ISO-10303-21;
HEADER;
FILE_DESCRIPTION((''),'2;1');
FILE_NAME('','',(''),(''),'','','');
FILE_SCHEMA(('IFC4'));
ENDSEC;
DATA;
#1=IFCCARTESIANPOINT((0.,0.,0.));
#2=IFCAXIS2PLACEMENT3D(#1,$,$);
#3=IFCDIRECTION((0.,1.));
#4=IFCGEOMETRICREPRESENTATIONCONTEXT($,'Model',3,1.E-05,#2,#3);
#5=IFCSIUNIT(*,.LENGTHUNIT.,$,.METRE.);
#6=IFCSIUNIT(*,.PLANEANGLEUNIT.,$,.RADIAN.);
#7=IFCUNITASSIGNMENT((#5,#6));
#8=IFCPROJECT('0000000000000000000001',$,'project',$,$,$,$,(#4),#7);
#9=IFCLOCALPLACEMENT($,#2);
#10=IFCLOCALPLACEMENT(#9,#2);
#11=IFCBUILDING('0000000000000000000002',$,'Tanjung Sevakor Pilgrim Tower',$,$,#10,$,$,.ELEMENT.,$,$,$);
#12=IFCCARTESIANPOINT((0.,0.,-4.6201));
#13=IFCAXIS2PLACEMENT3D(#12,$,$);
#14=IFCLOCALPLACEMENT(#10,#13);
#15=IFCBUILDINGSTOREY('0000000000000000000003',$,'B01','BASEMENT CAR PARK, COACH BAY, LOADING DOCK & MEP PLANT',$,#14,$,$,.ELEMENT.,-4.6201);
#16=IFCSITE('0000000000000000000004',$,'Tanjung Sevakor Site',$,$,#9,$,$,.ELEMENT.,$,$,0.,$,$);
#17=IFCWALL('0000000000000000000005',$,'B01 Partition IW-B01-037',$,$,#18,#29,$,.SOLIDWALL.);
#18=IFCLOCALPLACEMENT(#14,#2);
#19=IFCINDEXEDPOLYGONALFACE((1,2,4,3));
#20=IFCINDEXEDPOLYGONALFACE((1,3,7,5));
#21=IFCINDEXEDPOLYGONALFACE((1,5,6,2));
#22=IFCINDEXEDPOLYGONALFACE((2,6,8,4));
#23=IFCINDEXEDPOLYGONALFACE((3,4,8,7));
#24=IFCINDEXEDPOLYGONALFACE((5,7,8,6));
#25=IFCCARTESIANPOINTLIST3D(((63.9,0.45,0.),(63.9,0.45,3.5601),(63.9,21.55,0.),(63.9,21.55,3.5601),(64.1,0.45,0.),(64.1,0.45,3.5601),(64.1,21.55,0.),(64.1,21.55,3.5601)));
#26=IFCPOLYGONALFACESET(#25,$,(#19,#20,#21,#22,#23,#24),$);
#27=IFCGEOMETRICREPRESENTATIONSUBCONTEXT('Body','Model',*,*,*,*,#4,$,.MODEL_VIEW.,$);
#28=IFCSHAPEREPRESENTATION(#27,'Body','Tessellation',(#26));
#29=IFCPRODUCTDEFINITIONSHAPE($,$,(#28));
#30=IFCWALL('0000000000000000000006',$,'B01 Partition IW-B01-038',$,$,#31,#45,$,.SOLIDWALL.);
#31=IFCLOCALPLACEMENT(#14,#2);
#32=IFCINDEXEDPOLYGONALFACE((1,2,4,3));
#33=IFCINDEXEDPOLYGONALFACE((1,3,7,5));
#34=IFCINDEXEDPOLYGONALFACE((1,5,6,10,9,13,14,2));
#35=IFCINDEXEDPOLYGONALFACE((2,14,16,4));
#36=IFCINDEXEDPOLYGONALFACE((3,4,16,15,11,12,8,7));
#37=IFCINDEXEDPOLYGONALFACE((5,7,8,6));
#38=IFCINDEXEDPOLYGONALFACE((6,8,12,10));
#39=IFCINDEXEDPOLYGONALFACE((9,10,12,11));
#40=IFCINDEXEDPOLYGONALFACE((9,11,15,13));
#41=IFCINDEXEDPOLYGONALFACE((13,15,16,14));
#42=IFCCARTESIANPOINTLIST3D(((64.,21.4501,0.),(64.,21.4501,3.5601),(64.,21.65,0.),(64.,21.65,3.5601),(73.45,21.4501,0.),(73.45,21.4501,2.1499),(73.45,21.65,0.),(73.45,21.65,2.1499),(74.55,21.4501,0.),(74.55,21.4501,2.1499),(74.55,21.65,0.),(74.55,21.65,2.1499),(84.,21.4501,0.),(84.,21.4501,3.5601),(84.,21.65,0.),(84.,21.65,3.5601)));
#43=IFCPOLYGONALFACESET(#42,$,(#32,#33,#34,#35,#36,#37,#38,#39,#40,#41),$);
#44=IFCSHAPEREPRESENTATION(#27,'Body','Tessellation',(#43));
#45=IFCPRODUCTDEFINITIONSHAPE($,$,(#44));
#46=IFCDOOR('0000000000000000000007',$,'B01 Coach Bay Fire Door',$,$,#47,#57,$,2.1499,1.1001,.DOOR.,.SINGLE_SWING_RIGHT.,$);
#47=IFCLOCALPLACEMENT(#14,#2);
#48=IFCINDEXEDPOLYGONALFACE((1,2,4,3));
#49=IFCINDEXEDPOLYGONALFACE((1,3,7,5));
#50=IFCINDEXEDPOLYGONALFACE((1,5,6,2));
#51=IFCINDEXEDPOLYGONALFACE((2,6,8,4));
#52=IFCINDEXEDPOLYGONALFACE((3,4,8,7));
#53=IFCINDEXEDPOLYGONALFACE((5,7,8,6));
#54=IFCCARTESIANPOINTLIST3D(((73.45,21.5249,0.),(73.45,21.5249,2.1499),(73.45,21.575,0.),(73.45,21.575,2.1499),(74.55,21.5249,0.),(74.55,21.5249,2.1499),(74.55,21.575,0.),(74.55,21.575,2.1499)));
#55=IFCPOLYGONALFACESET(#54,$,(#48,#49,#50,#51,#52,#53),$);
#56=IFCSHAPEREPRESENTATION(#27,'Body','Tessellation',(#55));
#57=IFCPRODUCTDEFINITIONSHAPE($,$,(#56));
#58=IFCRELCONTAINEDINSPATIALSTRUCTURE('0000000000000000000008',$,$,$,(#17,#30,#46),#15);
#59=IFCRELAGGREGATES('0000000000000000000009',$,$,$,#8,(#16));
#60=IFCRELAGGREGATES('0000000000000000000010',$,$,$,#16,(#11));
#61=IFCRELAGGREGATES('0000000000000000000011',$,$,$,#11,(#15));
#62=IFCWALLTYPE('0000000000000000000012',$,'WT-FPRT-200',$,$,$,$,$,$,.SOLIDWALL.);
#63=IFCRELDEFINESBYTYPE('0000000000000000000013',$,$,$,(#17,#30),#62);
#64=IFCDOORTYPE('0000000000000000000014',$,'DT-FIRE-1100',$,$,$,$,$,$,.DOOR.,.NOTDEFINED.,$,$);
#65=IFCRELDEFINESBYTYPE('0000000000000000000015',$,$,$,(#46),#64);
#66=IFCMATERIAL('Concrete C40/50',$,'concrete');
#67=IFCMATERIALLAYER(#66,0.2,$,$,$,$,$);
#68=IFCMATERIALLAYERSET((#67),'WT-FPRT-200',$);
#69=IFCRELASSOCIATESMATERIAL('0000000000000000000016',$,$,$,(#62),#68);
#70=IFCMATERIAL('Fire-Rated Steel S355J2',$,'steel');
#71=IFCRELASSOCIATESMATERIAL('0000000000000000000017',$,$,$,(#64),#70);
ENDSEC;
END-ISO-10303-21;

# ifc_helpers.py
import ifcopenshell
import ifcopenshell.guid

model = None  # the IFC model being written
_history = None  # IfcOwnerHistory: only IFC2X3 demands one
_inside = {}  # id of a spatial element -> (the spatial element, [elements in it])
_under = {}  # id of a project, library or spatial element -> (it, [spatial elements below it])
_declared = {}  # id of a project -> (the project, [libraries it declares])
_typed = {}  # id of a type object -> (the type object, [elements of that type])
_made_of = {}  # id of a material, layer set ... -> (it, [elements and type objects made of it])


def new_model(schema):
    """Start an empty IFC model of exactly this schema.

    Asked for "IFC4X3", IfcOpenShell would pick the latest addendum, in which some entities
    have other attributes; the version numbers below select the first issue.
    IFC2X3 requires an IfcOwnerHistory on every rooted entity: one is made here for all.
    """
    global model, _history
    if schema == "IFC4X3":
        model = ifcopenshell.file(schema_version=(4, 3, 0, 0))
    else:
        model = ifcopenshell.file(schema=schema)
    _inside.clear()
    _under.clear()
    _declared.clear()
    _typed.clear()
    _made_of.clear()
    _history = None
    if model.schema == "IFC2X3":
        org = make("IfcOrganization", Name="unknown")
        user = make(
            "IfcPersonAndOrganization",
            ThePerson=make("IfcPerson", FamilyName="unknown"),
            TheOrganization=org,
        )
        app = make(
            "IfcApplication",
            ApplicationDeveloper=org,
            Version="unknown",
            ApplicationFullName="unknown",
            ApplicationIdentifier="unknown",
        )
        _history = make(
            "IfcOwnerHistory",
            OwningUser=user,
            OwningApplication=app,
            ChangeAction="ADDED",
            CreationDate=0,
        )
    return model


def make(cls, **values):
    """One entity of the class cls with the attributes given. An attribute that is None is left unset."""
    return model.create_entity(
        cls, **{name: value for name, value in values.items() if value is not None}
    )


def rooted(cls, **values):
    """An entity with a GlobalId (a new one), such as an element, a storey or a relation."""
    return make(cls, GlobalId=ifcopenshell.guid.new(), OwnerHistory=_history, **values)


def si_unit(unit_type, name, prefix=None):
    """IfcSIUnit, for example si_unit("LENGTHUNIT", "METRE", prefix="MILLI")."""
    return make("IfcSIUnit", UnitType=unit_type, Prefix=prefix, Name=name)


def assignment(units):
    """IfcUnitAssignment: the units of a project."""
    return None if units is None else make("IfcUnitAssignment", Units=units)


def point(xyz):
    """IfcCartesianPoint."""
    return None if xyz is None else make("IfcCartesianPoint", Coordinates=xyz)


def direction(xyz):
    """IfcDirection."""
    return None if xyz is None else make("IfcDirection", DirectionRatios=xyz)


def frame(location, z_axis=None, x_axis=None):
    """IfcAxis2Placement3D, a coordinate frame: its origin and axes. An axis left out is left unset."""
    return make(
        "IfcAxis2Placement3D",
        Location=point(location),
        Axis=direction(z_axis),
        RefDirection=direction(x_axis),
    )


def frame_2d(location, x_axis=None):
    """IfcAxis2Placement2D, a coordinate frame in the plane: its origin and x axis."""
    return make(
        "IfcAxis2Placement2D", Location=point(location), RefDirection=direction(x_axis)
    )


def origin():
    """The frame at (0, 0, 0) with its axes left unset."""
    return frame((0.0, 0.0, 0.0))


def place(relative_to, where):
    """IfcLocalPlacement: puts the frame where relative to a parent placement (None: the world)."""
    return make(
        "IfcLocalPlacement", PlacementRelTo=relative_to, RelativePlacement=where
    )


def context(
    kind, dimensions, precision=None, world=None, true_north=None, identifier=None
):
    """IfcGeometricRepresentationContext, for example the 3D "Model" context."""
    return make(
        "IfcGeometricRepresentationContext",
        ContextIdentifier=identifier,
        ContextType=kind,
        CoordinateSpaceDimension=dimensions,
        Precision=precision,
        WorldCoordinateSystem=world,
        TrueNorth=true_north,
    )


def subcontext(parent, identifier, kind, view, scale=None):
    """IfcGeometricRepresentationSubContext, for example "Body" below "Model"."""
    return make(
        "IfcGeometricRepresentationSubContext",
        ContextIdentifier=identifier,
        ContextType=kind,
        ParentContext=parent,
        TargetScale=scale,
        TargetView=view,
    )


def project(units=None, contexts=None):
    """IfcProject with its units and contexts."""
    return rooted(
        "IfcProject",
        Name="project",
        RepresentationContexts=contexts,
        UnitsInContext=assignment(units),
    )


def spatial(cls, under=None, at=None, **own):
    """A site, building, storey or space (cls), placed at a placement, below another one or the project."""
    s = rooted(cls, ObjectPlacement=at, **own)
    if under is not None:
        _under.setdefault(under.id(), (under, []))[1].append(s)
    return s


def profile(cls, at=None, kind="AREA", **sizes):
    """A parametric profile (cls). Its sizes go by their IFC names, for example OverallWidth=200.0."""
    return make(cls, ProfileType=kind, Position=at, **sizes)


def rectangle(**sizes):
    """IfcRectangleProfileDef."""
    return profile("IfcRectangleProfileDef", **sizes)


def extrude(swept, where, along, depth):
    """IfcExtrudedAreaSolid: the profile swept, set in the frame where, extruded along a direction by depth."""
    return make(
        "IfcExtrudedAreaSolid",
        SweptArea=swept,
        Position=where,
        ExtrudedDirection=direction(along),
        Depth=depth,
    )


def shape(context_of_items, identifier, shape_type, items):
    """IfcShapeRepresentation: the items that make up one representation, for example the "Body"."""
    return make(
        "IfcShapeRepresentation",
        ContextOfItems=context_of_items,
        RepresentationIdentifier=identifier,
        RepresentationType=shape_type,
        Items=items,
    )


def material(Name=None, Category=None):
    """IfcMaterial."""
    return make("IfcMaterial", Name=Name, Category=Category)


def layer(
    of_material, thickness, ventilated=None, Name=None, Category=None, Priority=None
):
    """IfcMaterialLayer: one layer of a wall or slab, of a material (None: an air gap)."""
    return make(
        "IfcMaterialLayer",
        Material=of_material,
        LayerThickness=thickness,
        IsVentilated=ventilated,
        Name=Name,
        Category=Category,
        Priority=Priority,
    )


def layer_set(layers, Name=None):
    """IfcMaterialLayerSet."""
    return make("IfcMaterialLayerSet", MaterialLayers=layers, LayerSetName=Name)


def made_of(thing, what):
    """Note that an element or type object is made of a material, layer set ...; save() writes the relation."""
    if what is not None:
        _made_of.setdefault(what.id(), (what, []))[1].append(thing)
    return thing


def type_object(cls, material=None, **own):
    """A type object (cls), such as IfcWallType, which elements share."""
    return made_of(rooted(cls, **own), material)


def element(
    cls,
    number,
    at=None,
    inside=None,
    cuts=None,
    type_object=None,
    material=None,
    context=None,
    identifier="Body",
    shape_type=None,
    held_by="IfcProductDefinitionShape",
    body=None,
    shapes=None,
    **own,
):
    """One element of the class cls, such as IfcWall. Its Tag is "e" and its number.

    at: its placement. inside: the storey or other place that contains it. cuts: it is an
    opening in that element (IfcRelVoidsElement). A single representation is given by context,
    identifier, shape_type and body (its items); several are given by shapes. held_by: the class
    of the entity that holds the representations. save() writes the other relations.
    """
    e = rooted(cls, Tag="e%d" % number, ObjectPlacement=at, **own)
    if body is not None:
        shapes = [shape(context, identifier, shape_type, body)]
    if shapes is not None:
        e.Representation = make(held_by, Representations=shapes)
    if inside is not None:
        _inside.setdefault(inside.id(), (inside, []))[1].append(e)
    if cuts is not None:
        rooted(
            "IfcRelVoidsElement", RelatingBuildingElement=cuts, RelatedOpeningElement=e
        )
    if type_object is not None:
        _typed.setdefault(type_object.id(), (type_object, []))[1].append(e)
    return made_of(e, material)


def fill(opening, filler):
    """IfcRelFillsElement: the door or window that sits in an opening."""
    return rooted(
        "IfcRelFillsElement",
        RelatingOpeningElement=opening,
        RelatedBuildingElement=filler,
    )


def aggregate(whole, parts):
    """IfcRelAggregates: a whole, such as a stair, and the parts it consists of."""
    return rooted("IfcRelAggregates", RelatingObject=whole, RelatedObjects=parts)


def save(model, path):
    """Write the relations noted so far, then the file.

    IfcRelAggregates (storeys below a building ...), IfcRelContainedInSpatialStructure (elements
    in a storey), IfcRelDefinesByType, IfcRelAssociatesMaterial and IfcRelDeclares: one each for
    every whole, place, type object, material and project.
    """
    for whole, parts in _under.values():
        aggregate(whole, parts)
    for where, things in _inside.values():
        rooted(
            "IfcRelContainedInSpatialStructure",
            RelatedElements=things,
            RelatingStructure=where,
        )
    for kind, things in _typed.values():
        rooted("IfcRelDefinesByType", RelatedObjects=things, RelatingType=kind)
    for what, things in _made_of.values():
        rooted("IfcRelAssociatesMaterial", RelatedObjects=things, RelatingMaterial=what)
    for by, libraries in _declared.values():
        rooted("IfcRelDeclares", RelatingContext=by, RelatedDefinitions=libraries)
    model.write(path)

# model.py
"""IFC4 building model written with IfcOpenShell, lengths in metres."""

from ifc_helpers import new_model, si_unit, direction, frame, frame_2d, origin, place, context, subcontext, project, spatial, rectangle, extrude, material, layer, layer_set, type_object, element, fill, save


model = new_model("IFC4")

# Units and contexts
model_context = context("Model", 3, precision=1e-05, world=origin(), true_north=direction((0.0, 1.0)))
body_context = subcontext(model_context, "Body", "Model", "MODEL_VIEW")
ifc_project = project(units=[si_unit("LENGTHUNIT", "METRE"), si_unit("PLANEANGLEUNIT", "RADIAN")], contexts=[model_context])

# Site, building, storey
site_placement = place(None, origin())
site = spatial("IfcSite", under=ifc_project, at=site_placement, Name="Tanjung Sevakor Site", CompositionType="ELEMENT", RefElevation=0.0)
building_placement = place(site_placement, origin())
building = spatial("IfcBuilding", under=site, at=building_placement, Name="Tanjung Sevakor Pilgrim Tower", CompositionType="ELEMENT")
storey_placement = place(building_placement, frame((0.0, 0.0, -4.6201)))
storey = spatial("IfcBuildingStorey", under=building, at=storey_placement, Name="B01", Description="BASEMENT CAR PARK, COACH BAY, LOADING DOCK & MEP PLANT", CompositionType="ELEMENT", Elevation=-4.6201)

# Wall
ifc_material_1 = material(Name="Concrete C40/50", Category="concrete")
ifc_layer = layer(ifc_material_1, 0.2)
ifc_layer_set = layer_set([ifc_layer], Name="WT-FPRT-200")
wall_type = type_object("IfcWallType", Name="WT-FPRT-200", PredefinedType="SOLIDWALL", material=ifc_layer_set)
wall_1_placement = place(storey_placement, frame((64.0, 0.45, 0.0), z_axis=(0.0, 0.0, 1.0), x_axis=(0.0, 1.0, 0.0)))
element("IfcWall", 1, at=wall_1_placement, inside=storey, type_object=wall_type, Name="B01 Partition IW-B01-037", PredefinedType="SOLIDWALL", context=body_context, shape_type="SweptSolid", body=[
    extrude(rectangle(XDim=21.1001, YDim=0.2, at=frame_2d((10.55, 0.0))), origin(), (0.0, 0.0, 1.0), 3.5601),
])

# Wall, opening, door
wall_2_placement = place(storey_placement, frame((64.0, 21.55, 0.0), z_axis=(0.0, 0.0, 1.0), x_axis=(1.0, 0.0, 0.0)))
wall_2 = element("IfcWall", 2, at=wall_2_placement, inside=storey, type_object=wall_type, Name="B01 Partition IW-B01-038", PredefinedType="SOLIDWALL", context=body_context, shape_type="SweptSolid", body=[
    extrude(rectangle(XDim=20.0, YDim=0.2, at=frame_2d((10.0, 0.0))), origin(), (0.0, 0.0, 1.0), 3.5601),
])
opening_placement = place(wall_2_placement, frame((9.45, 0.0, 0.0)))
opening = element("IfcOpeningElement", 3, at=opening_placement, cuts=wall_2, PredefinedType="OPENING", context=body_context, shape_type="SweptSolid", body=[
    extrude(rectangle(XDim=1.1001, YDim=2.1499, at=frame_2d((0.55, 1.075))), frame((0.0, 0.1099, 0.0), z_axis=(0.0, -1.0, 0.0), x_axis=(1.0, 0.0, 0.0)), (0.0, 0.0, 1.0), 0.22),
])
ifc_material_2 = material(Name="Fire-Rated Steel S355J2", Category="steel")
door_type = type_object("IfcDoorType", Name="DT-FIRE-1100", OperationType="NOTDEFINED", PredefinedType="DOOR", material=ifc_material_2)
door_placement = place(opening_placement, origin())
door = element("IfcDoor", 4, at=door_placement, inside=storey, type_object=door_type, Name="B01 Coach Bay Fire Door", OperationType="SINGLE_SWING_RIGHT", OverallHeight=2.1499, OverallWidth=1.1001, PredefinedType="DOOR", context=body_context, shape_type="SweptSolid", body=[
    extrude(rectangle(XDim=1.1001, YDim=2.1499, at=frame_2d((0.55, 1.075))), frame((0.0, 0.0249, 0.0), z_axis=(0.0, -1.0, 0.0), x_axis=(1.0, 0.0, 0.0)), (0.0, 0.0, 1.0), 0.05),
])
fill(opening, door)

save(model, "model.ifc")
